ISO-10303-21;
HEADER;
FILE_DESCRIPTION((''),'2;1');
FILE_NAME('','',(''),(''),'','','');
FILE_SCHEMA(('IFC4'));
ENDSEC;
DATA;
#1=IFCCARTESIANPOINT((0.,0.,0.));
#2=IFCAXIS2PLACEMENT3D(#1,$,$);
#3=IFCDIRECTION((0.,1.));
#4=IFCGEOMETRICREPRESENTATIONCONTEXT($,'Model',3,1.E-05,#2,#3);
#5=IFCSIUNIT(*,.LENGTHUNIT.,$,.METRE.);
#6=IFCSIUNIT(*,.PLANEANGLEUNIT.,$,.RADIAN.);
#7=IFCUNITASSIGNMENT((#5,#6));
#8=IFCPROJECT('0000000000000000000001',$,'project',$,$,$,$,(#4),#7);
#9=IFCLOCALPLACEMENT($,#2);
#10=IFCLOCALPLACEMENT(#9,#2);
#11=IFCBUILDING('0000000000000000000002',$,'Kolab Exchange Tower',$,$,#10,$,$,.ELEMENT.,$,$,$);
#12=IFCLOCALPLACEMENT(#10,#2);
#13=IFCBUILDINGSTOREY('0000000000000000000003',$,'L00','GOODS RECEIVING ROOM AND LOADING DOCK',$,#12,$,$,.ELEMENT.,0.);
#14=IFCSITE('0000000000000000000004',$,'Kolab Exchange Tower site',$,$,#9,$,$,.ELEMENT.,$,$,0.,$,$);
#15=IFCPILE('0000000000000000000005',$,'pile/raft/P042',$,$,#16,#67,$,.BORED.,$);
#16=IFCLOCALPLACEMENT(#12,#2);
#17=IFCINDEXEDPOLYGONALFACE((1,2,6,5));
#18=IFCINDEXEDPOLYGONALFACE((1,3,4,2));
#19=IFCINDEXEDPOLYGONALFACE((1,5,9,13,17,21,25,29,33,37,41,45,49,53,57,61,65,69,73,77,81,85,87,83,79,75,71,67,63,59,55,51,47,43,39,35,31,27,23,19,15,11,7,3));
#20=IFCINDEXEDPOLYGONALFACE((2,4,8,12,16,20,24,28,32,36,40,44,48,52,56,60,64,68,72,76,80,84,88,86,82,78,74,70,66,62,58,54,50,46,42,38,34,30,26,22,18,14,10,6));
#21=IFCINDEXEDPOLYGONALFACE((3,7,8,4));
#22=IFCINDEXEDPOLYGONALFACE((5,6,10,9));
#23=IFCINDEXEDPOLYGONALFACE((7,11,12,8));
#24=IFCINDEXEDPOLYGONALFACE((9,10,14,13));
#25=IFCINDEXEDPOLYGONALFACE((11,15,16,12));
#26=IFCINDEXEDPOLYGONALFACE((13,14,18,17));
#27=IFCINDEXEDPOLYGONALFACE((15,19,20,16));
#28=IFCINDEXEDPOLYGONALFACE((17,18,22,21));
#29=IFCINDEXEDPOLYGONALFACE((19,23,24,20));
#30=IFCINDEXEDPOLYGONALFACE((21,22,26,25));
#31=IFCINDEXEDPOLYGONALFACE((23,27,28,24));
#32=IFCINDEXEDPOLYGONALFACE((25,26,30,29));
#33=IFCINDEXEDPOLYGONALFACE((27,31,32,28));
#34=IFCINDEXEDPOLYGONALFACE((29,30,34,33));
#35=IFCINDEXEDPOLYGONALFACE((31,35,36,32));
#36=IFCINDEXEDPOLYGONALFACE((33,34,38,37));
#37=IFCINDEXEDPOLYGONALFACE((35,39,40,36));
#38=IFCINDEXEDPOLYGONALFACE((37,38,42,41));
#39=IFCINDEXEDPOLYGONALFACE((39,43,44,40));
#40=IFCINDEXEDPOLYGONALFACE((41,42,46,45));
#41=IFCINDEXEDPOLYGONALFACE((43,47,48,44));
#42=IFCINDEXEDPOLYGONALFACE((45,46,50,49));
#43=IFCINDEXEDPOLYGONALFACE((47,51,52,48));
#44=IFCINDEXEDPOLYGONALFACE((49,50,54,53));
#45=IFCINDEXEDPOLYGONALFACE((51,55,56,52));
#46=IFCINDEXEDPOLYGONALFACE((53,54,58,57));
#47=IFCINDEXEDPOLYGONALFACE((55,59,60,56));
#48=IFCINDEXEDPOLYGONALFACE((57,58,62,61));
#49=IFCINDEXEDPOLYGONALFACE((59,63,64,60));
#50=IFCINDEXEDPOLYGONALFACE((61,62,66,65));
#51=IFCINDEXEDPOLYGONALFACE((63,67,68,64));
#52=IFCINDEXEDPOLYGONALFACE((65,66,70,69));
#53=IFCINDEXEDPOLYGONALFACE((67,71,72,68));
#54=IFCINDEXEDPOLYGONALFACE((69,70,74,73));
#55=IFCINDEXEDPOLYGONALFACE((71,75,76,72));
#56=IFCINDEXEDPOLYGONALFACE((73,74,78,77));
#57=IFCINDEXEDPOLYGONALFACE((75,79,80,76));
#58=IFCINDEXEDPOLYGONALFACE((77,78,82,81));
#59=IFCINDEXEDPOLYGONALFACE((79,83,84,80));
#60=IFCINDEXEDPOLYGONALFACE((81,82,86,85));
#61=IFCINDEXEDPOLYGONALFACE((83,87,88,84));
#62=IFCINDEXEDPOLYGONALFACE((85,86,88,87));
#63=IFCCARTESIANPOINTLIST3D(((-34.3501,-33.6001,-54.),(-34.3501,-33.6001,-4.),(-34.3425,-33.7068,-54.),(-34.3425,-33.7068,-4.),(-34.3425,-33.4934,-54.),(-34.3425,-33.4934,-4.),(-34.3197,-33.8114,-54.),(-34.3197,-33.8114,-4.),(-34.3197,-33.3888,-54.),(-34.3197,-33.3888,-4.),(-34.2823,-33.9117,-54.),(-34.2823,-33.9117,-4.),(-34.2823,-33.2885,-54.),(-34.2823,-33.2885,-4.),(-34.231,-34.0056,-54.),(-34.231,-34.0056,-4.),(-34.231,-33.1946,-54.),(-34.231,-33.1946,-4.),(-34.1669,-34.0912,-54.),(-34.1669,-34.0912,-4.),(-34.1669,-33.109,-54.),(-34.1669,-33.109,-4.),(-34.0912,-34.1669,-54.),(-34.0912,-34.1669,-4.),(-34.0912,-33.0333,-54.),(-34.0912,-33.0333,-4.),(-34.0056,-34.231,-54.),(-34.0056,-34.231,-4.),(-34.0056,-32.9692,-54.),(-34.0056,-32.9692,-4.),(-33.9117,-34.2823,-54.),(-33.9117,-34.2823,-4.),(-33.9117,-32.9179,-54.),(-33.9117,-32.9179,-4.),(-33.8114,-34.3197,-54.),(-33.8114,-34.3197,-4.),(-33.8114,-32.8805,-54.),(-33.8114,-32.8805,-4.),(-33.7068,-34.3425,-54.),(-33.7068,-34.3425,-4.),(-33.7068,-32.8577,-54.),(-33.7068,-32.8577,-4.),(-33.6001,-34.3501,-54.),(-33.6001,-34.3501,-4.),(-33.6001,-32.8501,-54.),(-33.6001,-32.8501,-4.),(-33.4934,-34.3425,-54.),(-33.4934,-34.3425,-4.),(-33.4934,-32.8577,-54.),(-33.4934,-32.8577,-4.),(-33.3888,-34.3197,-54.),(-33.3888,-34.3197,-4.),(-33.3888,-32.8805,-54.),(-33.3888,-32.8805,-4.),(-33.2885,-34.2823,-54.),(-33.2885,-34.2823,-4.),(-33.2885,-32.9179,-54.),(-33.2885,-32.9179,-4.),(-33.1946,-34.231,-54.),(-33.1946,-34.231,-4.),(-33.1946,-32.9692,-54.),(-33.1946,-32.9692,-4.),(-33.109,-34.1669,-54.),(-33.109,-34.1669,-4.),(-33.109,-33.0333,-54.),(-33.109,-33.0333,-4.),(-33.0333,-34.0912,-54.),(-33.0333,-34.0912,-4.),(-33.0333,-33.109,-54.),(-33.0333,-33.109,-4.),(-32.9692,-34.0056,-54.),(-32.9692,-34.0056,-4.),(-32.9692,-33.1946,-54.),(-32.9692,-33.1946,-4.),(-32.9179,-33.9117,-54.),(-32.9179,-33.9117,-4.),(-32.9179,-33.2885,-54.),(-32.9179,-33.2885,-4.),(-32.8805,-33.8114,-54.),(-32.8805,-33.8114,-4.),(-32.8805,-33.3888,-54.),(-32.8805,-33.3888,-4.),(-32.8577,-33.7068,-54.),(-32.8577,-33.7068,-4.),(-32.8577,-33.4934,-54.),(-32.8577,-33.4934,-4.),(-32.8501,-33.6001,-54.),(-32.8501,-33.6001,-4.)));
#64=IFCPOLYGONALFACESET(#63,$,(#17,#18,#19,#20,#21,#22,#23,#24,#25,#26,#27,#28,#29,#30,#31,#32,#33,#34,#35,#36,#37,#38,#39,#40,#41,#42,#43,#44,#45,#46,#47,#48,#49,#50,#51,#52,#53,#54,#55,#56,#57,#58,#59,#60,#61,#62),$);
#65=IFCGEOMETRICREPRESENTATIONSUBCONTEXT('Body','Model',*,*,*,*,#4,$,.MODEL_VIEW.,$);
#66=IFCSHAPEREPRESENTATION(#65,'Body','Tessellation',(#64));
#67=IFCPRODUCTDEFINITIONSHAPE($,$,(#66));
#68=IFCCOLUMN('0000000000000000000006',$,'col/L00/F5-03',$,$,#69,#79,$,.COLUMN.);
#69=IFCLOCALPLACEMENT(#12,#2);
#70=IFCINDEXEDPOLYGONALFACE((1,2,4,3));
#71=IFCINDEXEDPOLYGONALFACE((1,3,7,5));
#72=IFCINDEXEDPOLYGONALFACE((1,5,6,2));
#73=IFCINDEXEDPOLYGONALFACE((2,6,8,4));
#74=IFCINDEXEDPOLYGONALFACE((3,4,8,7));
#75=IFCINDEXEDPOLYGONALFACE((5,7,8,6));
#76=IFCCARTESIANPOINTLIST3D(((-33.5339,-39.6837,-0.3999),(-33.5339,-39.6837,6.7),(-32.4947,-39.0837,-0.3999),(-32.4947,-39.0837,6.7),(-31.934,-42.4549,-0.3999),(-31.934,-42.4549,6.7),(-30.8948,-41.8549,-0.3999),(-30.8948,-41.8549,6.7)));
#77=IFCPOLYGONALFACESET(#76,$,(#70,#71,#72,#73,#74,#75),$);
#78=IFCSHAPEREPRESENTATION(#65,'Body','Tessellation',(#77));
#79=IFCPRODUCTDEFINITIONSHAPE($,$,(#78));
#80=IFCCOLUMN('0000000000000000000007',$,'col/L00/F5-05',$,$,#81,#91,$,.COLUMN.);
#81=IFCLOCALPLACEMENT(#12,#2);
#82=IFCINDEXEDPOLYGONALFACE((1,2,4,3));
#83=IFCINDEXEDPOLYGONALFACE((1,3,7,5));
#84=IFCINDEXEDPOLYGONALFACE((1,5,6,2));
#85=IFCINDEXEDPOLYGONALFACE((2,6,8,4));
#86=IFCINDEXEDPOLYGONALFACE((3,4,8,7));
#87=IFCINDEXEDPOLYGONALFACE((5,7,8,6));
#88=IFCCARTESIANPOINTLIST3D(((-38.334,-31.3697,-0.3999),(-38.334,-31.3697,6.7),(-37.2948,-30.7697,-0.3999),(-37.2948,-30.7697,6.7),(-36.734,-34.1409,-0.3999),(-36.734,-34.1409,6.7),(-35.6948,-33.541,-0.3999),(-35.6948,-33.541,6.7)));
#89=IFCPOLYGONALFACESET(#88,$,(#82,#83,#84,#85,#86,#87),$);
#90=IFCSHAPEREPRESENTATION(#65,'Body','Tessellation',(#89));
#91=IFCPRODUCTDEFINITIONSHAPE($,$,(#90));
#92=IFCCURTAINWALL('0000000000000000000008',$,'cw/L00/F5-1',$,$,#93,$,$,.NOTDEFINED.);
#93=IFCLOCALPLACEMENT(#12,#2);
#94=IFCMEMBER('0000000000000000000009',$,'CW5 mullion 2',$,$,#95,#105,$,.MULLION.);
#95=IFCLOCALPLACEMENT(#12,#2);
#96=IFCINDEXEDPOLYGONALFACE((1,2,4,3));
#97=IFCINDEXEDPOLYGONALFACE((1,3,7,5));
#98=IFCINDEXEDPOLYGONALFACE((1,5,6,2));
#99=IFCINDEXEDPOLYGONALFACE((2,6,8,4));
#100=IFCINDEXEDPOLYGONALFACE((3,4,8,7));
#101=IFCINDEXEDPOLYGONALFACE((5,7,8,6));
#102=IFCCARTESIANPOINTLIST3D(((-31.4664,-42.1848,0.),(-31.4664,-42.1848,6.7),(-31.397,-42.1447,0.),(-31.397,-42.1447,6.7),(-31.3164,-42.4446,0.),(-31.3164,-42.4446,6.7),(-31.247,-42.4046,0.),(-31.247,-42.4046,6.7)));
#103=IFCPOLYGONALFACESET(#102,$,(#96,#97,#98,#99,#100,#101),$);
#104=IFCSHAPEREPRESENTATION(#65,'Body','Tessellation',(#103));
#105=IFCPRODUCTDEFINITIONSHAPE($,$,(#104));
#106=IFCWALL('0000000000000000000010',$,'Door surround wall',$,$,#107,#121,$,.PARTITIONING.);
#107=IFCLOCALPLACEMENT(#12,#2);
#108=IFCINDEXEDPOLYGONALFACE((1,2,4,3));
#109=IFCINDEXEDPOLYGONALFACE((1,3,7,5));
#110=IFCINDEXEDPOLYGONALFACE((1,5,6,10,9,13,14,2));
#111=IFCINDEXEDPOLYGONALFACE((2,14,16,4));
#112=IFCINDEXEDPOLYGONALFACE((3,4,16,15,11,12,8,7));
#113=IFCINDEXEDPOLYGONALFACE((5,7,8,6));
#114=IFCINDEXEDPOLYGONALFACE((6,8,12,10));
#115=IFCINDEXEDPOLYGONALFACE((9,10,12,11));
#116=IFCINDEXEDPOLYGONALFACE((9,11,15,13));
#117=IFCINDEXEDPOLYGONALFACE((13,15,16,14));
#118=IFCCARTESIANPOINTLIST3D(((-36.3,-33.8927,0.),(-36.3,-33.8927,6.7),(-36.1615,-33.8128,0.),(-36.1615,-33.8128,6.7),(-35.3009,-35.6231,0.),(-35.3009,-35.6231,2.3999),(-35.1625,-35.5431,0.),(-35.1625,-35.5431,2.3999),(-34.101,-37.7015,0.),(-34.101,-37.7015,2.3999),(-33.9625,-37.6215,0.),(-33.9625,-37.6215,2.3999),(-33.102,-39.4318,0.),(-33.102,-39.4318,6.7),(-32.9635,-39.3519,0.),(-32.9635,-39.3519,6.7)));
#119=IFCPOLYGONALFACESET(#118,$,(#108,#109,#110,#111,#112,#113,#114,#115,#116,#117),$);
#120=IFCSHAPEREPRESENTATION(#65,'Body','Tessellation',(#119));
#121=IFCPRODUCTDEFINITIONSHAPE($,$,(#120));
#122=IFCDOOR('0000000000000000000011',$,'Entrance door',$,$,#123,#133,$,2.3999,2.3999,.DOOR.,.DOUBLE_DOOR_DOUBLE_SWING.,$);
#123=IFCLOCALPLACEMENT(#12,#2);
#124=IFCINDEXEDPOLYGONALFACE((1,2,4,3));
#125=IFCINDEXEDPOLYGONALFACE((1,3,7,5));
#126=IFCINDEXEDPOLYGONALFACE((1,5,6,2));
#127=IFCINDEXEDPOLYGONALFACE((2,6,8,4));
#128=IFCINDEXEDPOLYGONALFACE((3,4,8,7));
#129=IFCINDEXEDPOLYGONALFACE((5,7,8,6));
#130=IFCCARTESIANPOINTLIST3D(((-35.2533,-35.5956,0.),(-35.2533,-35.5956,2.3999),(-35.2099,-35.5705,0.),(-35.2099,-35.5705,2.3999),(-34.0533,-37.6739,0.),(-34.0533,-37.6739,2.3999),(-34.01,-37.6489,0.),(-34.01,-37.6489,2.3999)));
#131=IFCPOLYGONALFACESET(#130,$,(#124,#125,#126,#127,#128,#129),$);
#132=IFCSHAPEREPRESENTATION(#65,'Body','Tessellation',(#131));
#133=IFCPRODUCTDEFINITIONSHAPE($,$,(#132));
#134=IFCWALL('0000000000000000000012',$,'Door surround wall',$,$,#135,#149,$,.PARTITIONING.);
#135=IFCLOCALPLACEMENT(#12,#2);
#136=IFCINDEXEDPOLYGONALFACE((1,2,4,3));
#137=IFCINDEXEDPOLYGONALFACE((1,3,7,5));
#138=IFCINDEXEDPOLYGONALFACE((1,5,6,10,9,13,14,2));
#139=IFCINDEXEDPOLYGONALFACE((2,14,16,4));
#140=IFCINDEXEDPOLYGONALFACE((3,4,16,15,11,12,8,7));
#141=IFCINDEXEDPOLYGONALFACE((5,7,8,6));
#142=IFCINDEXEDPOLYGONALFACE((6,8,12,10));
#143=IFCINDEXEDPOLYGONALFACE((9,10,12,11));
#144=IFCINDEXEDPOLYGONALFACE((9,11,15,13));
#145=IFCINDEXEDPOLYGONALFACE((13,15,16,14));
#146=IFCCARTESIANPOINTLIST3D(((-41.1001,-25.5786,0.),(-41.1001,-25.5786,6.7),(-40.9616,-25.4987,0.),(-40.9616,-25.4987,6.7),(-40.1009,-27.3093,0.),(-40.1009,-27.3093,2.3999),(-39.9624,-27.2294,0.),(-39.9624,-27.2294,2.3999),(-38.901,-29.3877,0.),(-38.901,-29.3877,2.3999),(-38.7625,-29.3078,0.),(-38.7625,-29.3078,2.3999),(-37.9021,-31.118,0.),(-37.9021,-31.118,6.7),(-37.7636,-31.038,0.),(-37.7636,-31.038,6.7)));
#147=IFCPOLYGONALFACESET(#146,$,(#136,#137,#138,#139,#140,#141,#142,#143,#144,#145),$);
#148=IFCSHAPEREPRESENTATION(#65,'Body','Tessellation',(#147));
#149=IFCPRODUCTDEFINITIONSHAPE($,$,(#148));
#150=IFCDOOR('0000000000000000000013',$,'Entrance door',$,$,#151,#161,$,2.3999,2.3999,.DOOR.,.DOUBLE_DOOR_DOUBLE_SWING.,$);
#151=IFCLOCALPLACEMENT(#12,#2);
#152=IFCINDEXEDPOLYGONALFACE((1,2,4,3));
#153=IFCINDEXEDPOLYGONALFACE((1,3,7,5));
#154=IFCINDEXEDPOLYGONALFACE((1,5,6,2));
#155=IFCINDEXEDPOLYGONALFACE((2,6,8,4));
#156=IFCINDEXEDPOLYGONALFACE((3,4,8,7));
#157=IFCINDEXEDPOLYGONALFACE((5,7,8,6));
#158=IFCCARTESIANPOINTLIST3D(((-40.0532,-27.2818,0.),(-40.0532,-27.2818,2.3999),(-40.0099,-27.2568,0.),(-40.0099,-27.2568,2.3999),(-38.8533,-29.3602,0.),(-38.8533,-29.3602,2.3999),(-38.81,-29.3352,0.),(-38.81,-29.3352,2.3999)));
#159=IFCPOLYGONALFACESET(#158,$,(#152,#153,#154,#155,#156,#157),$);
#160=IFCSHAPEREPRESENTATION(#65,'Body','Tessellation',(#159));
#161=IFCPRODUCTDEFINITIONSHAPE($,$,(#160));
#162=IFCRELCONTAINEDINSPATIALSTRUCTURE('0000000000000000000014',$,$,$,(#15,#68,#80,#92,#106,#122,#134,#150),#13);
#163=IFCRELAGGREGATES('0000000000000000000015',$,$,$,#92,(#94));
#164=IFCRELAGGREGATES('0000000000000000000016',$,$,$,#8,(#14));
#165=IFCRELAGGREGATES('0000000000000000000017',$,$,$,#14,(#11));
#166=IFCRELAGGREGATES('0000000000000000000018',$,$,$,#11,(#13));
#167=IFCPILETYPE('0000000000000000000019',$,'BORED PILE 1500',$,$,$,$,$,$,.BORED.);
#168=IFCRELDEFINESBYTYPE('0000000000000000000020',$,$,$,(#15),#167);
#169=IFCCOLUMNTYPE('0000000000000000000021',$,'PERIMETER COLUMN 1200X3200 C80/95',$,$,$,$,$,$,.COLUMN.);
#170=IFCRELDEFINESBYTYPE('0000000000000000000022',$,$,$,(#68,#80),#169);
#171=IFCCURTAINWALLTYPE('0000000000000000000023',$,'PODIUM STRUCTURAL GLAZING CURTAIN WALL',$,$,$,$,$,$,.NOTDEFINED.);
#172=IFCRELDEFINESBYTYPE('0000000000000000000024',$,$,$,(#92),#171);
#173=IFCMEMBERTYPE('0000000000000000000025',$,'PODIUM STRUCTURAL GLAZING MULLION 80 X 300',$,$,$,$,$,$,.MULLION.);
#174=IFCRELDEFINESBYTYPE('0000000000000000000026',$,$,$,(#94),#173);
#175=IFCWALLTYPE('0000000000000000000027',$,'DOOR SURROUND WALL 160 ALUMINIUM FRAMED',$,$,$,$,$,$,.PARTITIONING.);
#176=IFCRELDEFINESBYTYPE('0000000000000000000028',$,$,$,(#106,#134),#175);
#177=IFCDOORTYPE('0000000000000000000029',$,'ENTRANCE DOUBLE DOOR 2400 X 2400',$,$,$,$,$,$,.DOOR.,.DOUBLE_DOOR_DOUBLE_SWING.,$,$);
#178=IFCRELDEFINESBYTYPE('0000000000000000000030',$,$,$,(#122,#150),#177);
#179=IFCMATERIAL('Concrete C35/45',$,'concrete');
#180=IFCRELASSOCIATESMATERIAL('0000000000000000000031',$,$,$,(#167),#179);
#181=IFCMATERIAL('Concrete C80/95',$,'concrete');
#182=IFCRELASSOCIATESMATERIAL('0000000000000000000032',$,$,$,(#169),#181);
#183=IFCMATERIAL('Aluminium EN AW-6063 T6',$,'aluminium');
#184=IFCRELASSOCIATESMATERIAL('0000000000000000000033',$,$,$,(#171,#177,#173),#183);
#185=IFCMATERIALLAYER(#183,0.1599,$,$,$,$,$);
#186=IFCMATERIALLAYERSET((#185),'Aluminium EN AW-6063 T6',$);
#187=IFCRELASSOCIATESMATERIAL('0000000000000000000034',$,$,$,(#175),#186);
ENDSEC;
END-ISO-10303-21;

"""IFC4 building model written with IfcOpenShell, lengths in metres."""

from ifc_helpers import new_model, si_unit, direction, frame, frame_2d, origin, origin_2d, place, context, subcontext, project, spatial, rectangle, circle, extrude, material, layer, layer_set, material_profile, profile_set, type_object, element, fill, aggregate, save


model = new_model("IFC4")

# Units and contexts
model_context = context("Model", 3, precision=1e-05, world=origin(), true_north=direction((0.0, 1.0)))
body_context = subcontext(model_context, "Body", "Model", "MODEL_VIEW")
ifc_project = project(units=[si_unit("LENGTHUNIT", "METRE"), si_unit("PLANEANGLEUNIT", "RADIAN")], contexts=[model_context])

# Site, building, storey
site_placement = place(None, origin())
site = spatial("IfcSite", under=ifc_project, at=site_placement, Name="Kolab Exchange Tower site", CompositionType="ELEMENT", RefElevation=0.0)
building_placement = place(site_placement, origin())
building = spatial("IfcBuilding", under=site, at=building_placement, Name="Kolab Exchange Tower", CompositionType="ELEMENT")
storey_placement = place(building_placement, origin())
storey = spatial("IfcBuildingStorey", under=building, at=storey_placement, Name="L00", Description="GOODS RECEIVING ROOM AND LOADING DOCK", CompositionType="ELEMENT", Elevation=0.0)

# Pile
ifc_material_1 = material(Name="Concrete C35/45", Category="concrete")
ifc_material_profile_1 = material_profile(ifc_material_1, circle(Radius=0.75, at=origin_2d()), Name="BP1500")
ifc_profile_set_1 = profile_set([ifc_material_profile_1], Name="Concrete C35/45")
pile_type = type_object("IfcPileType", Name="BORED PILE 1500", PredefinedType="BORED", material=ifc_profile_set_1)
for number, where, z_axis, x_axis, name in (
    (1, (-33.6001, -33.6001, -4.0), (0.0, 0.0, -1.0), (1.0, 0.0, 0.0), "pile/raft/P042"),
):
    element("IfcPile", number, at=place(storey_placement, frame(where, z_axis=z_axis, x_axis=x_axis)), inside=storey, type_object=pile_type, Name=name, PredefinedType="BORED", context=body_context, shape_type="SweptSolid", body=[
        extrude(circle(Radius=0.75, at=origin_2d()), origin(), (0.0, 0.0, 1.0), 50.0),
    ])

# Columns
ifc_material_2 = material(Name="Concrete C80/95", Category="concrete")
ifc_material_profile_2 = material_profile(ifc_material_2, rectangle(XDim=1.2, YDim=3.2, at=origin_2d()), Name="RC1200X3200")
ifc_profile_set_2 = profile_set([ifc_material_profile_2], Name="Concrete C80/95")
column_type = type_object("IfcColumnType", Name="PERIMETER COLUMN 1200X3200 C80/95", PredefinedType="COLUMN", material=ifc_profile_set_2)
for number, where, z_axis, x_axis, name in (
    (2, (-32.2144, -40.7693, -0.3999), (0.0, 0.0, 1.0), (0.866025, 0.5, 0.0), "col/L00/F5-03"),
    (3, (-37.0144, -32.4553, -0.3999), (0.0, 0.0, 1.0), (0.866025, 0.5, 0.0), "col/L00/F5-05"),
):
    element("IfcColumn", number, at=place(storey_placement, frame(where, z_axis=z_axis, x_axis=x_axis)), inside=storey, type_object=column_type, Name=name, PredefinedType="COLUMN", context=body_context, shape_type="SweptSolid", body=[
        extrude(rectangle(XDim=1.2, YDim=3.2, at=origin_2d()), origin(), (0.0, 0.0, 1.0), 7.0999),
    ])

# Curtain wall, member
ifc_material_3 = material(Name="Aluminium EN AW-6063 T6", Category="aluminium")
curtain_wall_type = type_object("IfcCurtainWallType", Name="PODIUM STRUCTURAL GLAZING CURTAIN WALL", PredefinedType="NOTDEFINED", material=ifc_material_3)
curtain_wall_placement = place(storey_placement, origin())
curtain_wall = element("IfcCurtainWall", 4, at=curtain_wall_placement, inside=storey, type_object=curtain_wall_type, Name="cw/L00/F5-1", PredefinedType="NOTDEFINED")
ifc_material_profile_3 = material_profile(ifc_material_3, rectangle(XDim=0.0801, YDim=0.3, at=origin_2d()), Name="RECT 80X300")
ifc_profile_set_3 = profile_set([ifc_material_profile_3], Name="Aluminium EN AW-6063 T6")
member_type = type_object("IfcMemberType", Name="PODIUM STRUCTURAL GLAZING MULLION 80 X 300", PredefinedType="MULLION", material=ifc_profile_set_3)
member_placement = place(storey_placement, frame((-31.3567, -42.2947, 0.0), z_axis=(0.0, 0.0, 1.0), x_axis=(-0.866025, -0.5, 0.0)))
member = element("IfcMember", 5, at=member_placement, type_object=member_type, Name="CW5 mullion 2", PredefinedType="MULLION", context=body_context, shape_type="SweptSolid", body=[
    extrude(rectangle(XDim=0.0801, YDim=0.3, at=origin_2d()), origin(), (0.0, 0.0, 1.0), 6.7),
])
aggregate(curtain_wall, [member])

# Walls, openings, doors
ifc_layer_1 = layer(ifc_material_3, 0.1599)
ifc_layer_set_1 = layer_set([ifc_layer_1], Name="Aluminium EN AW-6063 T6")
wall_type_1 = type_object("IfcWallType", Name="DOOR SURROUND WALL 160 ALUMINIUM FRAMED", PredefinedType="PARTITIONING", material=ifc_layer_set_1)
wall_1_placement = place(storey_placement, frame((-33.0327, -39.3918, 0.0), z_axis=(0.0, 0.0, 1.0), x_axis=(-0.500002, 0.866024, 0.0)))
wall_1 = element("IfcWall", 6, at=wall_1_placement, inside=storey, type_object=wall_type_1, Name="Door surround wall", PredefinedType="PARTITIONING", context=body_context, shape_type="SweptSolid", body=[
    extrude(rectangle(XDim=6.396, YDim=0.1599, at=frame_2d((3.198, 0.0))), origin(), (0.0, 0.0, 1.0), 6.7),
])
opening_1_placement = place(wall_1_placement, frame((1.998, 0.0, 0.0)))
opening_1 = element("IfcOpeningElement", 7, at=opening_1_placement, cuts=wall_1, PredefinedType="OPENING", context=body_context, shape_type="SweptSolid", body=[
    extrude(rectangle(XDim=2.3999, YDim=2.3999, at=frame_2d((1.2, 1.2))), frame((0.0, 0.0898, 0.0), z_axis=(0.0, -1.0, 0.0), x_axis=(1.0, 0.0, 0.0)), (0.0, 0.0, 1.0), 0.1799),
])
door_type = type_object("IfcDoorType", Name="ENTRANCE DOUBLE DOOR 2400 X 2400", OperationType="DOUBLE_DOOR_DOUBLE_SWING", PredefinedType="DOOR", material=ifc_material_3)
door_1_placement = place(opening_1_placement, origin())
door_1 = element("IfcDoor", 8, at=door_1_placement, inside=storey, type_object=door_type, Name="Entrance door", OperationType="DOUBLE_DOOR_DOUBLE_SWING", OverallHeight=2.3999, OverallWidth=2.3999, PredefinedType="DOOR", context=body_context, shape_type="SweptSolid", body=[
    extrude(rectangle(XDim=2.3999, YDim=2.3999, at=frame_2d((1.2, 1.2))), frame((0.0, 0.0249, 0.0), z_axis=(0.0, -1.0, 0.0), x_axis=(1.0, 0.0, 0.0)), (0.0, 0.0, 1.0), 0.05),
])
fill(opening_1, door_1)
wall_2_placement = place(storey_placement, frame((-37.8328, -31.0781, 0.0), z_axis=(0.0, 0.0, 1.0), x_axis=(-0.499986, 0.866034, 0.0)))
wall_2 = element("IfcWall", 9, at=wall_2_placement, inside=storey, type_object=wall_type_1, Name="Door surround wall", PredefinedType="PARTITIONING", context=body_context, shape_type="SweptSolid", body=[
    extrude(rectangle(XDim=6.3962, YDim=0.1599, at=frame_2d((3.1982, 0.0))), origin(), (0.0, 0.0, 1.0), 6.7),
])
opening_2_placement = place(wall_2_placement, frame((1.998, 0.0, 0.0)))
opening_2 = element("IfcOpeningElement", 10, at=opening_2_placement, cuts=wall_2, PredefinedType="OPENING", context=body_context, shape_type="SweptSolid", body=[
    extrude(rectangle(XDim=2.3999, YDim=2.3999, at=frame_2d((1.2, 1.2))), frame((0.0, 0.0898, 0.0), z_axis=(0.0, -1.0, 0.0), x_axis=(1.0, 0.0, 0.0)), (0.0, 0.0, 1.0), 0.1799),
])
door_2_placement = place(opening_2_placement, origin())
door_2 = element("IfcDoor", 11, at=door_2_placement, inside=storey, type_object=door_type, Name="Entrance door", OperationType="DOUBLE_DOOR_DOUBLE_SWING", OverallHeight=2.3999, OverallWidth=2.3999, PredefinedType="DOOR", context=body_context, shape_type="SweptSolid", body=[
    extrude(rectangle(XDim=2.3999, YDim=2.3999, at=frame_2d((1.2, 1.2))), frame((0.0, 0.0249, 0.0), z_axis=(0.0, -1.0, 0.0), x_axis=(1.0, 0.0, 0.0)), (0.0, 0.0, 1.0), 0.05),
])
fill(opening_2, door_2)

save(model, "model.ifc")
